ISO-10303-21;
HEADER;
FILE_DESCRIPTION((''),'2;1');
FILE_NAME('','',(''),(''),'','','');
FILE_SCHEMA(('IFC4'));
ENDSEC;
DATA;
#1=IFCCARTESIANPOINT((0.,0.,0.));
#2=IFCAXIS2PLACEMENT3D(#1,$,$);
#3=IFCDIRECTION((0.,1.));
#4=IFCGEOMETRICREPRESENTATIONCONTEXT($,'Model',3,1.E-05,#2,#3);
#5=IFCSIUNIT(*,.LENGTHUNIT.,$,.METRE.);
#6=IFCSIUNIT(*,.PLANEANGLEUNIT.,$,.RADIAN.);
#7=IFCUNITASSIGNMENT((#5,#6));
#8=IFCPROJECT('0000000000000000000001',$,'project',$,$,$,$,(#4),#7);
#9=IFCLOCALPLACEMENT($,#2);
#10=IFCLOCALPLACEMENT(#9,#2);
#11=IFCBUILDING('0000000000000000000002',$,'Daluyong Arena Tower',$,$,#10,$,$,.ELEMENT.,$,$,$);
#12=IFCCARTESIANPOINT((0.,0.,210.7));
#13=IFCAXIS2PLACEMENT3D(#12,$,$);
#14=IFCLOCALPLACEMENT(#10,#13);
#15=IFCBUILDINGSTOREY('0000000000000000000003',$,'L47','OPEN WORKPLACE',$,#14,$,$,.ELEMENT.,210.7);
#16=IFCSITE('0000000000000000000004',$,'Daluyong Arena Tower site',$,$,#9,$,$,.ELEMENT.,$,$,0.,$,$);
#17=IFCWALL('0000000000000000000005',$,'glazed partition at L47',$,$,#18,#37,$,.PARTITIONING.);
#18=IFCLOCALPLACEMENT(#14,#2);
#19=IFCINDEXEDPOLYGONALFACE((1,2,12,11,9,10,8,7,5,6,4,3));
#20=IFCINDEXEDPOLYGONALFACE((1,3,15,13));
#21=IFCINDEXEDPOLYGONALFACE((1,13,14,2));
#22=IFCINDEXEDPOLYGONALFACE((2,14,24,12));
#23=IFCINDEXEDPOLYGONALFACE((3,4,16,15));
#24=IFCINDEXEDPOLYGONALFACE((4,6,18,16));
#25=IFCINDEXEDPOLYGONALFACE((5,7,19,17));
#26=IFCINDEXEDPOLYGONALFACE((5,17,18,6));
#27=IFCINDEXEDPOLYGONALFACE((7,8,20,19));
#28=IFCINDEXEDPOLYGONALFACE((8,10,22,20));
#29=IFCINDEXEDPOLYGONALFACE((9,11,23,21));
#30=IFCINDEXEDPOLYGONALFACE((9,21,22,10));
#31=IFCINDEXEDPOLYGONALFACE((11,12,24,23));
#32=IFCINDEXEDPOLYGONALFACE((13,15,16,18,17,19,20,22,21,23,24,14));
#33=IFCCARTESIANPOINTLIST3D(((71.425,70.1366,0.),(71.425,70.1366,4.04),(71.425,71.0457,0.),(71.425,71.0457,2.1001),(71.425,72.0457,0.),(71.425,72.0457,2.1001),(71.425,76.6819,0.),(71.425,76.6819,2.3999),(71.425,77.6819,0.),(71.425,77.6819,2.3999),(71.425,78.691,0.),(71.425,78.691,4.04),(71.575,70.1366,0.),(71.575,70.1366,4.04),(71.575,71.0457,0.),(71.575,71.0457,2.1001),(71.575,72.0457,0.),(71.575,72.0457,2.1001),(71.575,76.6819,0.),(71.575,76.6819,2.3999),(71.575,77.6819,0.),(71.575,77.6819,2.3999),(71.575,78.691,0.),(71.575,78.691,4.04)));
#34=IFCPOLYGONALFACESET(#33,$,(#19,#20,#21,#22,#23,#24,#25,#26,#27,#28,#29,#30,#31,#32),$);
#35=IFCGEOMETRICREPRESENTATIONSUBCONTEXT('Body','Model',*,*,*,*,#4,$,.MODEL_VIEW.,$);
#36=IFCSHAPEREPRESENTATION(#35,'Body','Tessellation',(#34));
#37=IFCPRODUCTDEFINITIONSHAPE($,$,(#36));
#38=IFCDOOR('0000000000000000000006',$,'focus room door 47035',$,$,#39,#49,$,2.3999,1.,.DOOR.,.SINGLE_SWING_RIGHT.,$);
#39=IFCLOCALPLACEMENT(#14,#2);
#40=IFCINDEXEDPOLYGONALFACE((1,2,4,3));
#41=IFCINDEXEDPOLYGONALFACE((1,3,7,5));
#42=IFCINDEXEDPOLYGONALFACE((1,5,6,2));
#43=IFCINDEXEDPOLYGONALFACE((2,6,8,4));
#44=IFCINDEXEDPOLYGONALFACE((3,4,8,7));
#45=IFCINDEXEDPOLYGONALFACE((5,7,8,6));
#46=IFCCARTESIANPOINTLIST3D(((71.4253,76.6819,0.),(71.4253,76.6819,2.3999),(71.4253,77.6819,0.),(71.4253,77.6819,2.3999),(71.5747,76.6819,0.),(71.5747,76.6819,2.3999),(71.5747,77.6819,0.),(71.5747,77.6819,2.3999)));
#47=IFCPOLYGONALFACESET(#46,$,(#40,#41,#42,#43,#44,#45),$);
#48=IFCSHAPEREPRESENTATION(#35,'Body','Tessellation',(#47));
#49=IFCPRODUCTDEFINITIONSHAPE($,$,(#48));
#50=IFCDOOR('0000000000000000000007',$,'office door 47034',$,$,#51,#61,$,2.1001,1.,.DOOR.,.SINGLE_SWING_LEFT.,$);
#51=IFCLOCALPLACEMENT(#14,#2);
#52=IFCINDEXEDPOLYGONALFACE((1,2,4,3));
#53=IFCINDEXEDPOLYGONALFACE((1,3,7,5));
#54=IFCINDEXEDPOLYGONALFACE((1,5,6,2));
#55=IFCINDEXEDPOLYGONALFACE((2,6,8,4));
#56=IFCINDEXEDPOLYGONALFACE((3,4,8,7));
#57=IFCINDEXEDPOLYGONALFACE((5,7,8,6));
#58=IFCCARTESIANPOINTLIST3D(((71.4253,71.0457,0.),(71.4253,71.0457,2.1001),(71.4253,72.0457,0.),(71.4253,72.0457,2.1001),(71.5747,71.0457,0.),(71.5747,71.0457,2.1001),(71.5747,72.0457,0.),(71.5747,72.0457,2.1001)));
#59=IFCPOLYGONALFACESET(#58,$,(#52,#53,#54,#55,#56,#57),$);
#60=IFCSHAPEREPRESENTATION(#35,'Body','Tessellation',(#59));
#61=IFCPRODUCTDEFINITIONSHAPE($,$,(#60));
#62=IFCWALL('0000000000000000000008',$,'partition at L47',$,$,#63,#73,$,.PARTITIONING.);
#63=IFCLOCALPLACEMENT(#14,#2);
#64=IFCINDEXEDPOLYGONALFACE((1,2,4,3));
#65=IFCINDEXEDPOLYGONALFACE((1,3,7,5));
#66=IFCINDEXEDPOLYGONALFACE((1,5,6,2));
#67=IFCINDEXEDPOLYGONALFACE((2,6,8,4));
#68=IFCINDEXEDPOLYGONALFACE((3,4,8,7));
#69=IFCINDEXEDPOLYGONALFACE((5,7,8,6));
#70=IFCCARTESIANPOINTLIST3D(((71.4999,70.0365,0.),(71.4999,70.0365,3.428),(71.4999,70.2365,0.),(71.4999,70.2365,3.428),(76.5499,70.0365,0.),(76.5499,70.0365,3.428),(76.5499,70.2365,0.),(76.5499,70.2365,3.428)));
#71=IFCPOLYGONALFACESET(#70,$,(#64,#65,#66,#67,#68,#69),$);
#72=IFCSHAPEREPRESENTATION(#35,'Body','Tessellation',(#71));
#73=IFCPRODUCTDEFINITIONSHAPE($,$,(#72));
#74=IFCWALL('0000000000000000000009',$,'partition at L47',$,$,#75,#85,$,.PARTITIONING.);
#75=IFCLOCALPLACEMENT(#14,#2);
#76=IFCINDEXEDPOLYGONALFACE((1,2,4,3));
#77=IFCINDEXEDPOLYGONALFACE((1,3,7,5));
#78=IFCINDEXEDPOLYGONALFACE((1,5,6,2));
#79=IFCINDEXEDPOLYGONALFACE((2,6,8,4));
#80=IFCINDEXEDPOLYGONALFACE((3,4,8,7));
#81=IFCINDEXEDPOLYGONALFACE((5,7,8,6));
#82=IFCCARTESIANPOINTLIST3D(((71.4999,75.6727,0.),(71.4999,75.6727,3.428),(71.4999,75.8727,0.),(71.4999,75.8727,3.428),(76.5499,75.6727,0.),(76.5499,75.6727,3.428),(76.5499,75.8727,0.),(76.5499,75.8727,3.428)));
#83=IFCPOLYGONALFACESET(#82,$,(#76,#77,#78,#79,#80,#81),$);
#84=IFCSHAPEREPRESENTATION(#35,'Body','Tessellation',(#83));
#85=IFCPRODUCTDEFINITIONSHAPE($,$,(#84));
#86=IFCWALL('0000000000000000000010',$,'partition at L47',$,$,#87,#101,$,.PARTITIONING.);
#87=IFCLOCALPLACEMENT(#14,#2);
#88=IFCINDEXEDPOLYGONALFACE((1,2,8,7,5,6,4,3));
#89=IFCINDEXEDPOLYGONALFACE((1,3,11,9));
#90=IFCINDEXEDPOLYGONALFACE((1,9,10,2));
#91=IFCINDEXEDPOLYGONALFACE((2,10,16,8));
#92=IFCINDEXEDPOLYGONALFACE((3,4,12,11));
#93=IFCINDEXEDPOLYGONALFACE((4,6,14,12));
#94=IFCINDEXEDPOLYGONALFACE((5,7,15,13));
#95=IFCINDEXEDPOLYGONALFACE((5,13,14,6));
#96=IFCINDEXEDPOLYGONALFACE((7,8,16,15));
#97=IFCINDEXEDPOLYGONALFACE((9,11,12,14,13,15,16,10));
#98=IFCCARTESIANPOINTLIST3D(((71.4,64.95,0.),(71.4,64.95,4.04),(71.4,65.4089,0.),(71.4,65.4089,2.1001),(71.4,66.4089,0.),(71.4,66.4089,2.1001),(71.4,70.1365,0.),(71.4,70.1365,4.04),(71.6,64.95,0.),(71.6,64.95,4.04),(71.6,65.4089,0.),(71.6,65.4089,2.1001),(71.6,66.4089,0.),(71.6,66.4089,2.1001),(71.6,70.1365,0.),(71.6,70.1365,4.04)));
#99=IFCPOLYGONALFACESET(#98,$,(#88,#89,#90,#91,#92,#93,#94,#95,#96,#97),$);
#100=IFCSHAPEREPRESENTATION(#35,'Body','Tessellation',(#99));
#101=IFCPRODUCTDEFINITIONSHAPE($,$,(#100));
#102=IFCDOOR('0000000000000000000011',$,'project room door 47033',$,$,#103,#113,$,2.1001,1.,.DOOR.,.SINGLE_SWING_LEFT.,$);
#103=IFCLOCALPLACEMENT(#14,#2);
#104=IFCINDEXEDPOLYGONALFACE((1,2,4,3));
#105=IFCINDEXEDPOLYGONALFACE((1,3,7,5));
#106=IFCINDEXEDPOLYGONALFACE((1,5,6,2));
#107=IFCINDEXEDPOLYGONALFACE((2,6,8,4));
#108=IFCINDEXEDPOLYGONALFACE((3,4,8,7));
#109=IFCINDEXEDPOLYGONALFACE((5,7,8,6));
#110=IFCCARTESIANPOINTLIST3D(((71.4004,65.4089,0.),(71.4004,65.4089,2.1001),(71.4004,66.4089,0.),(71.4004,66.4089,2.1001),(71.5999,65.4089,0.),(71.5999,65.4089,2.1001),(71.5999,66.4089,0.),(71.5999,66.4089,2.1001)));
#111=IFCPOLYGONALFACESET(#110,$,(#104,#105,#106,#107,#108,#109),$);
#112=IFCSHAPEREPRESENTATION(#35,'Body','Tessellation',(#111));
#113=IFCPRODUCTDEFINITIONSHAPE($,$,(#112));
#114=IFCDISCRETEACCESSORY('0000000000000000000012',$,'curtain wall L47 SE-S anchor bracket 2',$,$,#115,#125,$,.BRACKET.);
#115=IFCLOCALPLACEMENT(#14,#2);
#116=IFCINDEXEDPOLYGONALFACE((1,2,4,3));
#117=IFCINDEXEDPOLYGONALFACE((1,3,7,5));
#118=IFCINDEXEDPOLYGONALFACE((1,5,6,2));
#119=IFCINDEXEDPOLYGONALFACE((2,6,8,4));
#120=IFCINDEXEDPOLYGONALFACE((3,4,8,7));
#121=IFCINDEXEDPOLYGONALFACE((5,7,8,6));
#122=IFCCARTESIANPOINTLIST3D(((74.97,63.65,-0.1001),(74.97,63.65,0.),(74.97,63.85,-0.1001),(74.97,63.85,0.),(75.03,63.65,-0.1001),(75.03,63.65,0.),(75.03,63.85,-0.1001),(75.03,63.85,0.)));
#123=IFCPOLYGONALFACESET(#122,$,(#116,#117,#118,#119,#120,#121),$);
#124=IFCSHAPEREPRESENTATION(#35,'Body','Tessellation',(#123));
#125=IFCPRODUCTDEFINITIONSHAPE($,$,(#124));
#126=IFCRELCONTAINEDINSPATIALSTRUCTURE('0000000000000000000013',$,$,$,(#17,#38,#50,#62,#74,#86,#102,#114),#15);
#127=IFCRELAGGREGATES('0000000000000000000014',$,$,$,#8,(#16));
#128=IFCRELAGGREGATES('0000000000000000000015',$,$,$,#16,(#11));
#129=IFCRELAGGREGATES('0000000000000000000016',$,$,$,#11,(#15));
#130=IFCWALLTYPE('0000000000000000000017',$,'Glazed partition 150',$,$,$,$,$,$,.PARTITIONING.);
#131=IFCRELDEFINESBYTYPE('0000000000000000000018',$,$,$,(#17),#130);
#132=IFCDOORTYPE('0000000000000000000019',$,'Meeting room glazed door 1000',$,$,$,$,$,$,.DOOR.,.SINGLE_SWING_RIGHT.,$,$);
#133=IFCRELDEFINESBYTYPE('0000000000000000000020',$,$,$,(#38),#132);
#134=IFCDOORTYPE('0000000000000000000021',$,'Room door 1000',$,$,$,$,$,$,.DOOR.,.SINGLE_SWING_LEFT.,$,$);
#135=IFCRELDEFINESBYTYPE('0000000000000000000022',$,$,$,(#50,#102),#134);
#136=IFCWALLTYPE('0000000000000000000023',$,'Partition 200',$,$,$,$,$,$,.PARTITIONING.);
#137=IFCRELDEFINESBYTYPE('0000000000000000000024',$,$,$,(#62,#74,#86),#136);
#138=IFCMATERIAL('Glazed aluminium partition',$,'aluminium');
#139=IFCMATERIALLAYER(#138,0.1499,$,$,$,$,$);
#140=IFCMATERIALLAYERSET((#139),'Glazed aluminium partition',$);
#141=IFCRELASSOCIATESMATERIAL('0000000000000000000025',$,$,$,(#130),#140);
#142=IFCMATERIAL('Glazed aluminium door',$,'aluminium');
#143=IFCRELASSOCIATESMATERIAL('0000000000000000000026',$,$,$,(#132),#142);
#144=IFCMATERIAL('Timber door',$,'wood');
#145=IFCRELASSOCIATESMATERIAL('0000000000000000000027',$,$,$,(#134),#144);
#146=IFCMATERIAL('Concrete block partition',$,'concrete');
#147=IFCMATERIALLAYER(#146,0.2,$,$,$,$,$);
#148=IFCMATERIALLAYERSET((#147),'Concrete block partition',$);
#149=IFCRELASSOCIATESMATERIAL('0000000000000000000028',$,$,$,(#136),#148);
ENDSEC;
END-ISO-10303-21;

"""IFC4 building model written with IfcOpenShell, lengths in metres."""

from ifc_helpers import new_model, si_unit, direction, frame, frame_2d, origin, origin_2d, place, context, subcontext, project, spatial, rectangle, extrude, material, layer, layer_set, type_object, element, fill, save


model = new_model("IFC4")

# Units and contexts
model_context = context("Model", 3, precision=1e-05, world=origin(), true_north=direction((0.0, 1.0)))
body_context = subcontext(model_context, "Body", "Model", "MODEL_VIEW")
ifc_project = project(units=[si_unit("LENGTHUNIT", "METRE"), si_unit("PLANEANGLEUNIT", "RADIAN")], contexts=[model_context])

# Site, building, storey
site_placement = place(None, origin())
site = spatial("IfcSite", under=ifc_project, at=site_placement, Name="Daluyong Arena Tower site", CompositionType="ELEMENT", RefElevation=0.0)
building_placement = place(site_placement, origin())
building = spatial("IfcBuilding", under=site, at=building_placement, Name="Daluyong Arena Tower", CompositionType="ELEMENT")
storey_placement = place(building_placement, frame((0.0, 0.0, 210.7)))
storey = spatial("IfcBuildingStorey", under=building, at=storey_placement, Name="L47", Description="OPEN WORKPLACE", CompositionType="ELEMENT", Elevation=210.7)

# Wall, openings, doors
ifc_material_1 = material(Name="Glazed aluminium partition", Category="aluminium")
ifc_layer_1 = layer(ifc_material_1, 0.1499)
ifc_layer_set_1 = layer_set([ifc_layer_1], Name="Glazed aluminium partition")
wall_type_1 = type_object("IfcWallType", Name="Glazed partition 150", PredefinedType="PARTITIONING", material=ifc_layer_set_1)
wall_1_placement = place(storey_placement, frame((71.5, 70.1365, 0.0), z_axis=(0.0, 0.0, 1.0), x_axis=(0.0, 1.0, 0.0)))
wall_1 = element("IfcWall", 1, at=wall_1_placement, inside=storey, type_object=wall_type_1, Name="glazed partition at L47", PredefinedType="PARTITIONING", context=body_context, shape_type="SweptSolid", body=[
    extrude(rectangle(XDim=8.5544, YDim=0.1499, at=frame_2d((4.2773, 0.0))), origin(), (0.0, 0.0, 1.0), 4.04),
])
opening_1_placement = place(wall_1_placement, frame((0.9092, 0.0, 0.0)))
opening_1 = element("IfcOpeningElement", 2, at=opening_1_placement, cuts=wall_1, PredefinedType="OPENING", context=body_context, shape_type="SweptSolid", body=[
    extrude(rectangle(XDim=1.0, YDim=2.1001, at=frame_2d((0.5, 1.05))), frame((0.0, 0.085, 0.0), z_axis=(0.0, -1.0, 0.0), x_axis=(1.0, 0.0, 0.0)), (0.0, 0.0, 1.0), 0.1699),
])
opening_2_placement = place(wall_1_placement, frame((6.5454, 0.0, 0.0)))
opening_2 = element("IfcOpeningElement", 3, at=opening_2_placement, cuts=wall_1, PredefinedType="OPENING", context=body_context, shape_type="SweptSolid", body=[
    extrude(rectangle(XDim=1.0, YDim=2.3999, at=frame_2d((0.5, 1.2))), frame((0.0, 0.085, 0.0), z_axis=(0.0, -1.0, 0.0), x_axis=(1.0, 0.0, 0.0)), (0.0, 0.0, 1.0), 0.1699),
])
ifc_material_2 = material(Name="Glazed aluminium door", Category="aluminium")
door_type_1 = type_object("IfcDoorType", Name="Meeting room glazed door 1000", OperationType="SINGLE_SWING_RIGHT", PredefinedType="DOOR", material=ifc_material_2)
door_1_placement = place(opening_2_placement, origin())
door_1 = element("IfcDoor", 4, at=door_1_placement, inside=storey, type_object=door_type_1, Name="focus room door 47035", OperationType="SINGLE_SWING_RIGHT", OverallHeight=2.3999, OverallWidth=1.0, PredefinedType="DOOR", context=body_context, shape_type="SweptSolid", body=[
    extrude(rectangle(XDim=1.0, YDim=2.3999, at=frame_2d((0.5, 1.2))), frame((0.0, 0.0747, 0.0), z_axis=(0.0, -1.0, 0.0), x_axis=(1.0, 0.0, 0.0)), (0.0, 0.0, 1.0), 0.1494),
])
fill(opening_2, door_1)
ifc_material_3 = material(Name="Timber door", Category="wood")
door_type_2 = type_object("IfcDoorType", Name="Room door 1000", OperationType="SINGLE_SWING_LEFT", PredefinedType="DOOR", material=ifc_material_3)
door_2_placement = place(opening_1_placement, origin())
door_2 = element("IfcDoor", 5, at=door_2_placement, inside=storey, type_object=door_type_2, Name="office door 47034", OperationType="SINGLE_SWING_LEFT", OverallHeight=2.1001, OverallWidth=1.0, PredefinedType="DOOR", context=body_context, shape_type="SweptSolid", body=[
    extrude(rectangle(XDim=1.0, YDim=2.1001, at=frame_2d((0.5, 1.05))), frame((0.0, 0.0747, 0.0), z_axis=(0.0, -1.0, 0.0), x_axis=(1.0, 0.0, 0.0)), (0.0, 0.0, 1.0), 0.1494),
])
fill(opening_1, door_2)

# Walls
ifc_material_4 = material(Name="Concrete block partition", Category="concrete")
ifc_layer_2 = layer(ifc_material_4, 0.2)
ifc_layer_set_2 = layer_set([ifc_layer_2], Name="Concrete block partition")
wall_type_2 = type_object("IfcWallType", Name="Partition 200", PredefinedType="PARTITIONING", material=ifc_layer_set_2)
for number, where, z_axis, x_axis, name in (
    (6, (71.5, 70.1365, 0.0), (0.0, 0.0, 1.0), (1.0, 0.0, 0.0), "partition at L47"),
    (7, (71.5, 75.7727, 0.0), (0.0, 0.0, 1.0), (1.0, 0.0, 0.0), "partition at L47"),
):
    element("IfcWall", number, at=place(storey_placement, frame(where, z_axis=z_axis, x_axis=x_axis)), inside=storey, type_object=wall_type_2, Name=name, PredefinedType="PARTITIONING", context=body_context, shape_type="SweptSolid", body=[
        extrude(rectangle(XDim=5.05, YDim=0.2, at=frame_2d((2.5249, 0.0))), origin(), (0.0, 0.0, 1.0), 3.428),
    ])

# Wall, opening, door
wall_2_placement = place(storey_placement, frame((71.5, 64.95, 0.0), z_axis=(0.0, 0.0, 1.0), x_axis=(0.0, 1.0, 0.0)))
wall_2 = element("IfcWall", 8, at=wall_2_placement, inside=storey, type_object=wall_type_2, Name="partition at L47", PredefinedType="PARTITIONING", context=body_context, shape_type="SweptSolid", body=[
    extrude(rectangle(XDim=5.1865, YDim=0.2, at=frame_2d((2.5933, 0.0))), origin(), (0.0, 0.0, 1.0), 4.04),
])
opening_3_placement = place(wall_2_placement, frame((0.459, 0.0, 0.0)))
opening_3 = element("IfcOpeningElement", 9, at=opening_3_placement, cuts=wall_2, PredefinedType="OPENING", context=body_context, shape_type="SweptSolid", body=[
    extrude(rectangle(XDim=1.0, YDim=2.1001, at=frame_2d((0.5, 1.05))), frame((0.0, 0.1099, 0.0), z_axis=(0.0, -1.0, 0.0), x_axis=(1.0, 0.0, 0.0)), (0.0, 0.0, 1.0), 0.22),
])
door_3_placement = place(opening_3_placement, origin())
door_3 = element("IfcDoor", 10, at=door_3_placement, inside=storey, type_object=door_type_2, Name="project room door 47033", OperationType="SINGLE_SWING_LEFT", OverallHeight=2.1001, OverallWidth=1.0, PredefinedType="DOOR", context=body_context, shape_type="SweptSolid", body=[
    extrude(rectangle(XDim=1.0, YDim=2.1001, at=frame_2d((0.5, 1.05))), frame((0.0, 0.0996, 0.0), z_axis=(0.0, -1.0, 0.0), x_axis=(1.0, 0.0, 0.0)), (0.0, 0.0, 1.0), 0.1995),
])
fill(opening_3, door_3)

# Discrete accessory
discrete_accessory_placement = place(storey_placement, frame((75.0, 63.75, -0.1001), z_axis=(0.0, 0.0, 1.0), x_axis=(1.0, 0.0, 0.0)))
element("IfcDiscreteAccessory", 11, at=discrete_accessory_placement, inside=storey, Name="curtain wall L47 SE-S anchor bracket 2", PredefinedType="BRACKET", context=body_context, shape_type="SweptSolid", body=[
    extrude(rectangle(XDim=0.0601, YDim=0.2, at=origin_2d()), origin(), (0.0, 0.0, 1.0), 0.1001),
])

save(model, "model.ifc")
